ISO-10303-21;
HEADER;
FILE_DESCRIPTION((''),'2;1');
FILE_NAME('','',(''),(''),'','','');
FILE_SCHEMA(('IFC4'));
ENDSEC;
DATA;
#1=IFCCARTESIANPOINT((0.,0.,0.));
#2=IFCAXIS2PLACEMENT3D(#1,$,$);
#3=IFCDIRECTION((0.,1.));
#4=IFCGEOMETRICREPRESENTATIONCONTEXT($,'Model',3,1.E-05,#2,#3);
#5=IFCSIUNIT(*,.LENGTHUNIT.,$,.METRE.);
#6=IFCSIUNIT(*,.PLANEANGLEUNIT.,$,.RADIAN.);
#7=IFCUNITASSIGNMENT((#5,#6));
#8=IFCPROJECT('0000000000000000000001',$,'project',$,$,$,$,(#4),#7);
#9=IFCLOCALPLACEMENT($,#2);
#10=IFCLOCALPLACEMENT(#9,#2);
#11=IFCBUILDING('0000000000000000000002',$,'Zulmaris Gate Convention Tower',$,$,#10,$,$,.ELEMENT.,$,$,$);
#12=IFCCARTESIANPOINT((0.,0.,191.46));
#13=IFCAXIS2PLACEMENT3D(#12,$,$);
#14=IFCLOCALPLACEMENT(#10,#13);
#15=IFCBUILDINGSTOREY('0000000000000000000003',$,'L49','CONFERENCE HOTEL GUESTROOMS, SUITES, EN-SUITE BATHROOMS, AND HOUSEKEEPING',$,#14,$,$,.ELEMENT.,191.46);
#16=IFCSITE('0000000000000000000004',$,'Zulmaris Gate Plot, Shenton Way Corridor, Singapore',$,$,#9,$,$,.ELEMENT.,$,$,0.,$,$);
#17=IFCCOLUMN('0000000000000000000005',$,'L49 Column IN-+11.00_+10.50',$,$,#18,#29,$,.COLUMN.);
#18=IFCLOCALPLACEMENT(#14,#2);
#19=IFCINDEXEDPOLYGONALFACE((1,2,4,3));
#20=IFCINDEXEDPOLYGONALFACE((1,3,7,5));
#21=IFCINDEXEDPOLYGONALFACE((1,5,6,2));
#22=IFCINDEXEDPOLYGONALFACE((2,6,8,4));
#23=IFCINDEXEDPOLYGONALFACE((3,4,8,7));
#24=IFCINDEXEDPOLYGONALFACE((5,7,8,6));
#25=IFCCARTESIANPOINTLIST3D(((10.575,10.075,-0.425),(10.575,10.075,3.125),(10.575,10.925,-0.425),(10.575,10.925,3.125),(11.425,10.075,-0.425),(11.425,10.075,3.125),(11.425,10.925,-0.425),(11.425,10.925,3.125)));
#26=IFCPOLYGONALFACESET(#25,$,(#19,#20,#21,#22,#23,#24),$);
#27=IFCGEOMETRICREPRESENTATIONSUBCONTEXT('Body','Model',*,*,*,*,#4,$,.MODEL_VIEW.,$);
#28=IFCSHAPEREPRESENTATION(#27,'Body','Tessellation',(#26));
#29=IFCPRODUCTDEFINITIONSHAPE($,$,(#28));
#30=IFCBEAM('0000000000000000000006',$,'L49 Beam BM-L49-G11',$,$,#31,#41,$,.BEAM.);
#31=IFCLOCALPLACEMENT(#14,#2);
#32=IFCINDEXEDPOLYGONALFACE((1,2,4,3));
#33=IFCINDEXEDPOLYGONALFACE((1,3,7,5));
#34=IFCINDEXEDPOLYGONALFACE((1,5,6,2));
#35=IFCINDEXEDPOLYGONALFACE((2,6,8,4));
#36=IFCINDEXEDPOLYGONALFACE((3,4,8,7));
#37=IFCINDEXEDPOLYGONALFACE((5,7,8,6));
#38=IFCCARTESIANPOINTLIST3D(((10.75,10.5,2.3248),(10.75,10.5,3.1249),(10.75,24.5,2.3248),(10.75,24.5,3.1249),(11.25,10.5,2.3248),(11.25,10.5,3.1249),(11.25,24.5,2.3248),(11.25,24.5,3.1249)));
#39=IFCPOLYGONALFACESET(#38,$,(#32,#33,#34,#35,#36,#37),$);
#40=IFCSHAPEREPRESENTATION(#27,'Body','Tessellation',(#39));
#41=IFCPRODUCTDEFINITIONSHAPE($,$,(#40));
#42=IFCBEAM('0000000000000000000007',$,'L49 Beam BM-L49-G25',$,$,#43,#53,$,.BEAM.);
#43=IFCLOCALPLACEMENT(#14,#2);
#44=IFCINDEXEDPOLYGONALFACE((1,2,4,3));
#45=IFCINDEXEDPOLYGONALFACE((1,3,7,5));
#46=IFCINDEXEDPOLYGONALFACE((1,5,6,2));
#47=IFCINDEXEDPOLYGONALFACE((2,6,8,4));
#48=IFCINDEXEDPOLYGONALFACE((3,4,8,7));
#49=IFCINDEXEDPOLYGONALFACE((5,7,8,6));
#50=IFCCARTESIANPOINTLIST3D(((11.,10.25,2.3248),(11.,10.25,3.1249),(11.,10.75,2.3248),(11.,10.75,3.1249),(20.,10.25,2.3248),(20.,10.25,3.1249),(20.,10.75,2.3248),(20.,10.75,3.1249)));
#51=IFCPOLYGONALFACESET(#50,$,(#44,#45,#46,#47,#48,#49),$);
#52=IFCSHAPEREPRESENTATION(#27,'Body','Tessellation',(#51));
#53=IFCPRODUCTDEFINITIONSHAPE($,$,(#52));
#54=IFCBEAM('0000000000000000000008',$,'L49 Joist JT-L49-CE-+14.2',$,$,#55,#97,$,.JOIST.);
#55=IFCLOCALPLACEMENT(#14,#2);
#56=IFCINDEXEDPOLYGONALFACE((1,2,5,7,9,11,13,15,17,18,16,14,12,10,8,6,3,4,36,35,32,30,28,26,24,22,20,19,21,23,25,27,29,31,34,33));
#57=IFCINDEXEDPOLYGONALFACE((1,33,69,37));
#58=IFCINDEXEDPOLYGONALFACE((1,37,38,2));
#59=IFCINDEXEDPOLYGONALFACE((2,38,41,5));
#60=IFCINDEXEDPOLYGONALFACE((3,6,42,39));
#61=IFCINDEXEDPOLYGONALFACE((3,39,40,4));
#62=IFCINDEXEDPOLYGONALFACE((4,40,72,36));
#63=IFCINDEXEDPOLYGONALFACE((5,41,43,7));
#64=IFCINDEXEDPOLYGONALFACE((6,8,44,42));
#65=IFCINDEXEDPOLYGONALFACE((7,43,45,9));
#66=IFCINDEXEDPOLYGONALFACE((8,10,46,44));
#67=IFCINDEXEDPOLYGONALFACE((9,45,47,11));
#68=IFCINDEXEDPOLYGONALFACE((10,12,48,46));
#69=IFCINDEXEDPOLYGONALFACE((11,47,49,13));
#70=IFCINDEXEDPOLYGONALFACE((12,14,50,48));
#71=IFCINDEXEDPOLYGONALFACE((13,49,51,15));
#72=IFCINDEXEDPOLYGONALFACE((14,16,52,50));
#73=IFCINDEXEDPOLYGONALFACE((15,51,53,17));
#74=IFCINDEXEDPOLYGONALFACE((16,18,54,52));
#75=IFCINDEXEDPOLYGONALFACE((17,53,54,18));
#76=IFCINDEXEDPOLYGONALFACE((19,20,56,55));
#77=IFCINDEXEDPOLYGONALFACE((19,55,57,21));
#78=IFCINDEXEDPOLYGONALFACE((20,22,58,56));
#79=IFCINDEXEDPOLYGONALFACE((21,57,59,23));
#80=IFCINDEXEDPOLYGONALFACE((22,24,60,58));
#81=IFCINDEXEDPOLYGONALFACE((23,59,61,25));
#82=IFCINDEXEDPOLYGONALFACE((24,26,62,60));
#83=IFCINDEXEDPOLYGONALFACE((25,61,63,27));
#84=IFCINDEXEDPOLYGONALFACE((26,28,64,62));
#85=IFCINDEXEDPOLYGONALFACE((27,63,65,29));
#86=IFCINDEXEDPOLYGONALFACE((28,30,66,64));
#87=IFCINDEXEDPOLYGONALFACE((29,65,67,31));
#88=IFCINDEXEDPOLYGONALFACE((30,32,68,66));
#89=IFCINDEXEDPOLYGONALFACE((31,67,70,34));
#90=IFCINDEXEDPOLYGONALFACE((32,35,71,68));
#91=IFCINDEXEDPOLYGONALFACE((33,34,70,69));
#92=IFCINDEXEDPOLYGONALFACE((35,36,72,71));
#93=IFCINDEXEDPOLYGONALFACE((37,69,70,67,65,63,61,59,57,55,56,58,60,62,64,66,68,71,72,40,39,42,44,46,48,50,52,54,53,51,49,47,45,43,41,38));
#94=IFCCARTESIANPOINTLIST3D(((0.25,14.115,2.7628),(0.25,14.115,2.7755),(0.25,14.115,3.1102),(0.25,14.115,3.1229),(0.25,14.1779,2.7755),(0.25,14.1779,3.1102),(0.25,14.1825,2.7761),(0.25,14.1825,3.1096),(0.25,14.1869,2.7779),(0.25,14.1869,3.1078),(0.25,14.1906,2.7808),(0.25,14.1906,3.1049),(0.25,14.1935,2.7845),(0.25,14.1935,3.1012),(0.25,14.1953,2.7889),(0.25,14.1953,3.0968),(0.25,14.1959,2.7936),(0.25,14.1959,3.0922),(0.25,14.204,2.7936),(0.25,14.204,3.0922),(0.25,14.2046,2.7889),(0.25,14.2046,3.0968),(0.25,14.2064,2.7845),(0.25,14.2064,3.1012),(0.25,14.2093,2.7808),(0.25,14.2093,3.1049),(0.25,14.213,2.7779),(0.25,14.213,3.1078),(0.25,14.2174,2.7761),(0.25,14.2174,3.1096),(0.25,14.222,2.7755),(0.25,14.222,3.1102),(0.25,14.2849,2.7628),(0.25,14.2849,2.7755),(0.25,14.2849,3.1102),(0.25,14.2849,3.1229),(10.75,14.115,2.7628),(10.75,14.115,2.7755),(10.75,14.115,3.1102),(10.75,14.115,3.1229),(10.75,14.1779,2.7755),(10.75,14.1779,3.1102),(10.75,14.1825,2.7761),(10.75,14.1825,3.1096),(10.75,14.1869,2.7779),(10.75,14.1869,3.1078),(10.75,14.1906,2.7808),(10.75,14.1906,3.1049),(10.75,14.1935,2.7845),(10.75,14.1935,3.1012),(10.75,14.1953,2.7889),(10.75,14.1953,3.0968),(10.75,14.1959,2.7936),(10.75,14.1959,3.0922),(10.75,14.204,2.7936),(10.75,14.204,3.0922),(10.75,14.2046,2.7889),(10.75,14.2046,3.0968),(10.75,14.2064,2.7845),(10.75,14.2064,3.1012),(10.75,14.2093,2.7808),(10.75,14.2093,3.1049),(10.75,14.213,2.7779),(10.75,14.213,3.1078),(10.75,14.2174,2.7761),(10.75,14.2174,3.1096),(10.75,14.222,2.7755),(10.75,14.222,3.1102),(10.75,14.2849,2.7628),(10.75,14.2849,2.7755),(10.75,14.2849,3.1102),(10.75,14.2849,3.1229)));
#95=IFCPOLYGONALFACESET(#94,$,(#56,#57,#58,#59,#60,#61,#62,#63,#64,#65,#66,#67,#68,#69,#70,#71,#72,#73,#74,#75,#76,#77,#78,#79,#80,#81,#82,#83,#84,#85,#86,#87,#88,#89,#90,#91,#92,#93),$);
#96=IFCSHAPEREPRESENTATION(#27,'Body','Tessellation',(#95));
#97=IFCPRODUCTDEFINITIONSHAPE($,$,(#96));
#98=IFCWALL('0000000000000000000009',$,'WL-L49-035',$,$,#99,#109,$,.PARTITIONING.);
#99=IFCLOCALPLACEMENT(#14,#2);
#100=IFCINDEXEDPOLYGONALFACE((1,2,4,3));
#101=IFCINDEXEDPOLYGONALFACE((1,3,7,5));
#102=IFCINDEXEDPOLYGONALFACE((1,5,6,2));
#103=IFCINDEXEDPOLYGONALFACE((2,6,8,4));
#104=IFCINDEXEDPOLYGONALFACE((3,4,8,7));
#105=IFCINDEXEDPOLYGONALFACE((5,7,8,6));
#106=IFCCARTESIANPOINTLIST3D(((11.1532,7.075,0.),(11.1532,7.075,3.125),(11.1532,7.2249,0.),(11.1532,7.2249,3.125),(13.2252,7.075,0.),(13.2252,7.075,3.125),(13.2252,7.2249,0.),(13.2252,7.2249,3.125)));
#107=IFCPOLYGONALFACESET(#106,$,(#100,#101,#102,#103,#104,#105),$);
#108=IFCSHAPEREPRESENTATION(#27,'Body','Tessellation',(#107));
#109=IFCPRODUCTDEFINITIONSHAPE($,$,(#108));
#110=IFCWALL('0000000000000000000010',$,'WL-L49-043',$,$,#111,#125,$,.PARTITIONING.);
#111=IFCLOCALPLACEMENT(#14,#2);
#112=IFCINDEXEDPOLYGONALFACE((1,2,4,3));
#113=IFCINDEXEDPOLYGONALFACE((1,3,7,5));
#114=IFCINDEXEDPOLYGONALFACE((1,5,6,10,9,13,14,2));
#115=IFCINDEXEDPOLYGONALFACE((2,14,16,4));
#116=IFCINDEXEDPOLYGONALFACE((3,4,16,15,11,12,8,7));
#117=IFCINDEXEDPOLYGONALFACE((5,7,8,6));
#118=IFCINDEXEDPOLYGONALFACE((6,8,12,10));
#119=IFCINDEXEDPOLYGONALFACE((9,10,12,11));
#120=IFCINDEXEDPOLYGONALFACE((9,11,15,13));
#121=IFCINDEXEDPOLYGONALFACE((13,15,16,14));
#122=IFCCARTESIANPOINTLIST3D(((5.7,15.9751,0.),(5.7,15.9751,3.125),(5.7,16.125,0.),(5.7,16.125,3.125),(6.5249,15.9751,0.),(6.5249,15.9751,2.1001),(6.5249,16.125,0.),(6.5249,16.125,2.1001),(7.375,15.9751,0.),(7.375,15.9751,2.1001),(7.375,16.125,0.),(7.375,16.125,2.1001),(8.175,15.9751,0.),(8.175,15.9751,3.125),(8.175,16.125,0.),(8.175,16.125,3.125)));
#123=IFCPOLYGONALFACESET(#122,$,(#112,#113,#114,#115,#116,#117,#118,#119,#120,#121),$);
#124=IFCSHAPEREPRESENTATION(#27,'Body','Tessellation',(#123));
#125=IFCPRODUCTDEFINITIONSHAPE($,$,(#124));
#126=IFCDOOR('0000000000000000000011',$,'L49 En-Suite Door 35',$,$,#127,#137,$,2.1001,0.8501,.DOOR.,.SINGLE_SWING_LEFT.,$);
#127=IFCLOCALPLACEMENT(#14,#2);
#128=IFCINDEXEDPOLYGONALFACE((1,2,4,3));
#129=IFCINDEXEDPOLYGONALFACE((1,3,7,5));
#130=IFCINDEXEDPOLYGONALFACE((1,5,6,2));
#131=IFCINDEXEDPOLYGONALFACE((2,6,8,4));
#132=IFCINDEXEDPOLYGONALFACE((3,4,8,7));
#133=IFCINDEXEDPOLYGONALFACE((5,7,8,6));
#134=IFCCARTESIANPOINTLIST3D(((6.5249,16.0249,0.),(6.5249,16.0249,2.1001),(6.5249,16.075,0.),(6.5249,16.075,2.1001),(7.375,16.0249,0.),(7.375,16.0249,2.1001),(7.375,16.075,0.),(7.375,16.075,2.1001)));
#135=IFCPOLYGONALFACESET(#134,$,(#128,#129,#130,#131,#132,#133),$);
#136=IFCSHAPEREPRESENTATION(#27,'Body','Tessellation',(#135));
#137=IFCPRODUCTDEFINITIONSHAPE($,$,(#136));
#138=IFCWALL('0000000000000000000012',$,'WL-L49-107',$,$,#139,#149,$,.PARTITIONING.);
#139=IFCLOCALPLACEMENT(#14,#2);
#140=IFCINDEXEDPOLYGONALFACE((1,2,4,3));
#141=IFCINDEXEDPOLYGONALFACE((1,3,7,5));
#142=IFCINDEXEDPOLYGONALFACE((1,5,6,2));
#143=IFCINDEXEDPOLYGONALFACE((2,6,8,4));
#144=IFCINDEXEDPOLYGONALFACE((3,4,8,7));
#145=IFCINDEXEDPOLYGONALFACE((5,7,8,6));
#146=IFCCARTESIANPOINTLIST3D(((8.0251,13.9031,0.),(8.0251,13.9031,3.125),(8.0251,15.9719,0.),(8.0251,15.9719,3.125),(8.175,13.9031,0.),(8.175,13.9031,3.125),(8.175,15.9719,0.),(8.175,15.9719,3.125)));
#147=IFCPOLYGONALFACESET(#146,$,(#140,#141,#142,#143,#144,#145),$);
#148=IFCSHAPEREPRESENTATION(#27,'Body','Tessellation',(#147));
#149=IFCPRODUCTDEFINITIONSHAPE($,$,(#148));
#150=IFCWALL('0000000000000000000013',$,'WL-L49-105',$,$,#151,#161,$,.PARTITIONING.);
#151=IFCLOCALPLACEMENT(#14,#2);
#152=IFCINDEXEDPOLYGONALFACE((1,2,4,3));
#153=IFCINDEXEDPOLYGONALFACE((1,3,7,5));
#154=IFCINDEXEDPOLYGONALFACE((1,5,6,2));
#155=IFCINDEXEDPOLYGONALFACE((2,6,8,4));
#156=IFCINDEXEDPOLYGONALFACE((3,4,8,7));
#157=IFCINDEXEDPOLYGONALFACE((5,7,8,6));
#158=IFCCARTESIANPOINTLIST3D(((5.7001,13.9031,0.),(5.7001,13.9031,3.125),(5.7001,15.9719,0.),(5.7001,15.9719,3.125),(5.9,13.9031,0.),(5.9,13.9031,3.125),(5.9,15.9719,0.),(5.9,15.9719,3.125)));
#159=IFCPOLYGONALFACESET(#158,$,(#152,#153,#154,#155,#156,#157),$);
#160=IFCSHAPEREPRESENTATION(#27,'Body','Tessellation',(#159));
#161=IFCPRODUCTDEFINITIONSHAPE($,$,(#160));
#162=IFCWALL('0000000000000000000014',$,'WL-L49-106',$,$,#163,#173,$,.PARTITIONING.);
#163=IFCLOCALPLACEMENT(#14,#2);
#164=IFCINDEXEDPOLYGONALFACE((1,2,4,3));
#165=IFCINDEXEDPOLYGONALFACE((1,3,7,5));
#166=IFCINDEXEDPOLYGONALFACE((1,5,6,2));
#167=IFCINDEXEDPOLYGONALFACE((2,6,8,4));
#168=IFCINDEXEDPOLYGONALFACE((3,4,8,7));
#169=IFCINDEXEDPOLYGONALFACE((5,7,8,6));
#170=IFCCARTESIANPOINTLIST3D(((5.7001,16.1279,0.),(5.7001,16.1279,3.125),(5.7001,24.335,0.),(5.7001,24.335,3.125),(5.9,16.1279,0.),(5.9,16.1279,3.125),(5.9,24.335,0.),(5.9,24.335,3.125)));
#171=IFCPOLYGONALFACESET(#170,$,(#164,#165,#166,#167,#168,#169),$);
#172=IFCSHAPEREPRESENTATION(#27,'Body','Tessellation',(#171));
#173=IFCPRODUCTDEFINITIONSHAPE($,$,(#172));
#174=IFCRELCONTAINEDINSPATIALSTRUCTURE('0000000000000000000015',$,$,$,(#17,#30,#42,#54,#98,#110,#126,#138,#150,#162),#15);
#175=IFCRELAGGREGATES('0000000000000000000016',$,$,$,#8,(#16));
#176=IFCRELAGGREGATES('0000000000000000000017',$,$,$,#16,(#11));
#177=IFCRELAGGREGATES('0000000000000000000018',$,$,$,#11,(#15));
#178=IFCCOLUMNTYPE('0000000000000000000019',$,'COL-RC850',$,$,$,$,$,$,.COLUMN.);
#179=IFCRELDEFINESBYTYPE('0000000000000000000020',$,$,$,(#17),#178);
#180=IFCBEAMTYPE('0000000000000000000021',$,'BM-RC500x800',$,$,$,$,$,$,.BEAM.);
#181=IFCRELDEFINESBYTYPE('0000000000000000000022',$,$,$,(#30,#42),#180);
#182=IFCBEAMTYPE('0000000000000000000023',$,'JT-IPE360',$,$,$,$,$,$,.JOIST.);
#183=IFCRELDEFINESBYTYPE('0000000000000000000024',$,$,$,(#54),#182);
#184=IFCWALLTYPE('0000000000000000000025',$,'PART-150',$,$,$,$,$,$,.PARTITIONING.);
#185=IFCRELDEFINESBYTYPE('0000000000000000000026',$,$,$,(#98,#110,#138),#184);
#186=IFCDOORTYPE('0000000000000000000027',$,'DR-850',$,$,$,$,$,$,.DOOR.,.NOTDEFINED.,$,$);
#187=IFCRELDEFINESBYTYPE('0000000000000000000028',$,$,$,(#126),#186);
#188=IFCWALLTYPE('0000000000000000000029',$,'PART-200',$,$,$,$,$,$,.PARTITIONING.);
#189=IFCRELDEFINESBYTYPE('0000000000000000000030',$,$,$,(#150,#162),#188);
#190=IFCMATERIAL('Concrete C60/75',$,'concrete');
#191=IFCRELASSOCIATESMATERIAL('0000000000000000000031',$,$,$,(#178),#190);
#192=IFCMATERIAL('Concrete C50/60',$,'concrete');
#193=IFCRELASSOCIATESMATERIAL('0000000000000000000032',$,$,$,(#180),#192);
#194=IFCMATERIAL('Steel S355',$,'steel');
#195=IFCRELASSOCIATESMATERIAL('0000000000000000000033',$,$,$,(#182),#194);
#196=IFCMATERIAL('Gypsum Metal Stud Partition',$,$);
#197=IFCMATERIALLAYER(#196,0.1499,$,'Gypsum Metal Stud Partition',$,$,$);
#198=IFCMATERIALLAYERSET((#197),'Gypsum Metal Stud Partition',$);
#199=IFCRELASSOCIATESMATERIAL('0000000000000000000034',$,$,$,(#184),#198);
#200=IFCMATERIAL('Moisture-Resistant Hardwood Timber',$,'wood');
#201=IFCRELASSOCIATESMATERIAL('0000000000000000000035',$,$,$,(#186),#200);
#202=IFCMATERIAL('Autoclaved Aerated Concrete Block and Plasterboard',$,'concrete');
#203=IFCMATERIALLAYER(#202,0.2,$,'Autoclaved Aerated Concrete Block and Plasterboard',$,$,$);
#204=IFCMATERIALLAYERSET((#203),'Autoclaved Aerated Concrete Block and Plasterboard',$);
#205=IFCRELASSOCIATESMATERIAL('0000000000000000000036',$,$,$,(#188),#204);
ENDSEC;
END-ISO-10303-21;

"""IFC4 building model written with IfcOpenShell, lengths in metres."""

from ifc_helpers import new_model, si_unit, direction, frame, frame_2d, origin, origin_2d, place, context, subcontext, project, spatial, rectangle, i_section, extrude, material, layer, layer_set, material_profile, profile_set, type_object, element, fill, save


model = new_model("IFC4")

# Units and contexts
model_context = context("Model", 3, precision=1e-05, world=origin(), true_north=direction((0.0, 1.0)))
body_context = subcontext(model_context, "Body", "Model", "MODEL_VIEW")
ifc_project = project(units=[si_unit("LENGTHUNIT", "METRE"), si_unit("PLANEANGLEUNIT", "RADIAN")], contexts=[model_context])

# Site, building, storey
site_placement = place(None, origin())
site = spatial("IfcSite", under=ifc_project, at=site_placement, Name="Zulmaris Gate Plot, Shenton Way Corridor, Singapore", CompositionType="ELEMENT", RefElevation=0.0)
building_placement = place(site_placement, origin())
building = spatial("IfcBuilding", under=site, at=building_placement, Name="Zulmaris Gate Convention Tower", CompositionType="ELEMENT")
storey_placement = place(building_placement, frame((0.0, 0.0, 191.46)))
storey = spatial("IfcBuildingStorey", under=building, at=storey_placement, Name="L49", Description="CONFERENCE HOTEL GUESTROOMS, SUITES, EN-SUITE BATHROOMS, AND HOUSEKEEPING", CompositionType="ELEMENT", Elevation=191.46)

# Column
ifc_material_1 = material(Name="Concrete C60/75", Category="concrete")
ifc_material_profile_1 = material_profile(ifc_material_1, rectangle(XDim=0.8501, YDim=0.8501, at=origin_2d()), Name="RC COL 850x850")
ifc_profile_set_1 = profile_set([ifc_material_profile_1], Name="Concrete C60/75")
column_type = type_object("IfcColumnType", Name="COL-RC850", PredefinedType="COLUMN", material=ifc_profile_set_1)
column_placement = place(storey_placement, frame((11.0, 10.5, -0.425), z_axis=(0.0, 0.0, 1.0), x_axis=(1.0, 0.0, 0.0)))
element("IfcColumn", 1, at=column_placement, inside=storey, type_object=column_type, Name="L49 Column IN-+11.00_+10.50", PredefinedType="COLUMN", context=body_context, shape_type="SweptSolid", body=[
    extrude(rectangle(XDim=0.8501, YDim=0.8501, at=origin_2d()), origin(), (0.0, 0.0, 1.0), 3.55),
])

# Beams
ifc_material_2 = material(Name="Concrete C50/60", Category="concrete")
ifc_material_profile_2 = material_profile(ifc_material_2, rectangle(XDim=0.5, YDim=0.8, at=origin_2d()), Name="RC BEAM 500x800")
ifc_profile_set_2 = profile_set([ifc_material_profile_2], Name="Concrete C50/60")
beam_type_1 = type_object("IfcBeamType", Name="BM-RC500x800", PredefinedType="BEAM", material=ifc_profile_set_2)
beam_1_placement = place(storey_placement, frame((11.0, 10.5, 2.7249), z_axis=(0.0, 1.0, 0.0), x_axis=(-1.0, 0.0, 0.0)))
element("IfcBeam", 2, at=beam_1_placement, inside=storey, type_object=beam_type_1, Name="L49 Beam BM-L49-G11", PredefinedType="BEAM", context=body_context, shape_type="SweptSolid", body=[
    extrude(rectangle(XDim=0.5, YDim=0.8, at=origin_2d()), origin(), (0.0, 0.0, 1.0), 14.0),
])
beam_2_placement = place(storey_placement, frame((11.0, 10.5, 2.7249), z_axis=(1.0, 0.0, 0.0), x_axis=(0.0, 1.0, 0.0)))
element("IfcBeam", 3, at=beam_2_placement, inside=storey, type_object=beam_type_1, Name="L49 Beam BM-L49-G25", PredefinedType="BEAM", context=body_context, shape_type="SweptSolid", body=[
    extrude(rectangle(XDim=0.5, YDim=0.8, at=origin_2d()), origin(), (0.0, 0.0, 1.0), 9.0),
])
ifc_material_3 = material(Name="Steel S355", Category="steel")
ifc_material_profile_3 = material_profile(ifc_material_3, i_section(OverallWidth=0.1699, OverallDepth=0.3601, WebThickness=0.0081, FlangeThickness=0.0127, FilletRadius=0.0181, at=origin_2d()), Name="IPE 360")
ifc_profile_set_3 = profile_set([ifc_material_profile_3], Name="Steel S355")
beam_type_2 = type_object("IfcBeamType", Name="JT-IPE360", PredefinedType="JOIST", material=ifc_profile_set_3)
beam_3_placement = place(storey_placement, frame((0.25, 14.2, 2.9429), z_axis=(1.0, 0.0, 0.0), x_axis=(0.0, 1.0, 0.0)))
element("IfcBeam", 4, at=beam_3_placement, inside=storey, type_object=beam_type_2, Name="L49 Joist JT-L49-CE-+14.2", PredefinedType="JOIST", context=body_context, shape_type="SweptSolid", body=[
    extrude(i_section(OverallWidth=0.1699, OverallDepth=0.3601, WebThickness=0.0081, FlangeThickness=0.0127, FilletRadius=0.0181, at=origin_2d()), origin(), (0.0, 0.0, 1.0), 10.5),
])

# Wall
ifc_material_4 = material(Name="Gypsum Metal Stud Partition")
ifc_layer_1 = layer(ifc_material_4, 0.1499, Name="Gypsum Metal Stud Partition")
ifc_layer_set_1 = layer_set([ifc_layer_1], Name="Gypsum Metal Stud Partition")
wall_type_1 = type_object("IfcWallType", Name="PART-150", PredefinedType="PARTITIONING", material=ifc_layer_set_1)
wall_1_placement = place(storey_placement, frame((11.1531, 7.1499, 0.0), z_axis=(0.0, 0.0, 1.0), x_axis=(1.0, 0.0, 0.0)))
element("IfcWall", 5, at=wall_1_placement, inside=storey, type_object=wall_type_1, Name="WL-L49-035", PredefinedType="PARTITIONING", context=body_context, shape_type="SweptSolid", body=[
    extrude(rectangle(XDim=2.072, YDim=0.1499, at=frame_2d((1.0361, 0.0))), origin(), (0.0, 0.0, 1.0), 3.125),
])

# Wall, opening, door
wall_2_placement = place(storey_placement, frame((5.7, 16.05, 0.0), z_axis=(0.0, 0.0, 1.0), x_axis=(1.0, 0.0, 0.0)))
wall_2 = element("IfcWall", 6, at=wall_2_placement, inside=storey, type_object=wall_type_1, Name="WL-L49-043", PredefinedType="PARTITIONING", context=body_context, shape_type="SweptSolid", body=[
    extrude(rectangle(XDim=2.4751, YDim=0.1499, at=frame_2d((1.2375, 0.0))), origin(), (0.0, 0.0, 1.0), 3.125),
])
opening_1_placement = place(wall_2_placement, frame((0.825, 0.0, 0.0)))
opening_1 = element("IfcOpeningElement", 7, at=opening_1_placement, cuts=wall_2, PredefinedType="OPENING", context=body_context, shape_type="SweptSolid", body=[
    extrude(rectangle(XDim=0.8501, YDim=2.1001, at=frame_2d((0.425, 1.05))), frame((0.0, 0.085, 0.0), z_axis=(0.0, -1.0, 0.0), x_axis=(1.0, 0.0, 0.0)), (0.0, 0.0, 1.0), 0.1699),
])
ifc_material_5 = material(Name="Moisture-Resistant Hardwood Timber", Category="wood")
door_type_1 = type_object("IfcDoorType", Name="DR-850", OperationType="NOTDEFINED", PredefinedType="DOOR", material=ifc_material_5)
door_1_placement = place(opening_1_placement, origin())
door_1 = element("IfcDoor", 8, at=door_1_placement, inside=storey, type_object=door_type_1, Name="L49 En-Suite Door 35", OperationType="SINGLE_SWING_LEFT", OverallHeight=2.1001, OverallWidth=0.8501, PredefinedType="DOOR", context=body_context, shape_type="SweptSolid", body=[
    extrude(rectangle(XDim=0.8501, YDim=2.1001, at=frame_2d((0.425, 1.05))), frame((0.0, 0.0249, 0.0), z_axis=(0.0, -1.0, 0.0), x_axis=(1.0, 0.0, 0.0)), (0.0, 0.0, 1.0), 0.05),
])
fill(opening_1, door_1)

# Wall
wall_3_placement = place(storey_placement, frame((8.1001, 13.9031, 0.0), z_axis=(0.0, 0.0, 1.0), x_axis=(0.0, 1.0, 0.0)))
element("IfcWall", 9, at=wall_3_placement, inside=storey, type_object=wall_type_1, Name="WL-L49-107", PredefinedType="PARTITIONING", context=body_context, shape_type="SweptSolid", body=[
    extrude(rectangle(XDim=2.0688, YDim=0.1499, at=frame_2d((1.0344, 0.0))), origin(), (0.0, 0.0, 1.0), 3.125),
])

# Walls
ifc_material_6 = material(Name="Autoclaved Aerated Concrete Block and Plasterboard", Category="concrete")
ifc_layer_2 = layer(ifc_material_6, 0.2, Name="Autoclaved Aerated Concrete Block and Plasterboard")
ifc_layer_set_2 = layer_set([ifc_layer_2], Name="Autoclaved Aerated Concrete Block and Plasterboard")
wall_type_2 = type_object("IfcWallType", Name="PART-200", PredefinedType="PARTITIONING", material=ifc_layer_set_2)
wall_4_placement = place(storey_placement, frame((5.8, 13.9031, 0.0), z_axis=(0.0, 0.0, 1.0), x_axis=(0.0, 1.0, 0.0)))
element("IfcWall", 10, at=wall_4_placement, inside=storey, type_object=wall_type_2, Name="WL-L49-105", PredefinedType="PARTITIONING", context=body_context, shape_type="SweptSolid", body=[
    extrude(rectangle(XDim=2.0688, YDim=0.2, at=frame_2d((1.0344, 0.0))), origin(), (0.0, 0.0, 1.0), 3.125),
])
wall_5_placement = place(storey_placement, frame((5.8, 16.1279, 0.0), z_axis=(0.0, 0.0, 1.0), x_axis=(0.0, 1.0, 0.0)))
element("IfcWall", 11, at=wall_5_placement, inside=storey, type_object=wall_type_2, Name="WL-L49-106", PredefinedType="PARTITIONING", context=body_context, shape_type="SweptSolid", body=[
    extrude(rectangle(XDim=8.207, YDim=0.2, at=frame_2d((4.1035, 0.0))), origin(), (0.0, 0.0, 1.0), 3.125),
])

save(model, "model.ifc")
